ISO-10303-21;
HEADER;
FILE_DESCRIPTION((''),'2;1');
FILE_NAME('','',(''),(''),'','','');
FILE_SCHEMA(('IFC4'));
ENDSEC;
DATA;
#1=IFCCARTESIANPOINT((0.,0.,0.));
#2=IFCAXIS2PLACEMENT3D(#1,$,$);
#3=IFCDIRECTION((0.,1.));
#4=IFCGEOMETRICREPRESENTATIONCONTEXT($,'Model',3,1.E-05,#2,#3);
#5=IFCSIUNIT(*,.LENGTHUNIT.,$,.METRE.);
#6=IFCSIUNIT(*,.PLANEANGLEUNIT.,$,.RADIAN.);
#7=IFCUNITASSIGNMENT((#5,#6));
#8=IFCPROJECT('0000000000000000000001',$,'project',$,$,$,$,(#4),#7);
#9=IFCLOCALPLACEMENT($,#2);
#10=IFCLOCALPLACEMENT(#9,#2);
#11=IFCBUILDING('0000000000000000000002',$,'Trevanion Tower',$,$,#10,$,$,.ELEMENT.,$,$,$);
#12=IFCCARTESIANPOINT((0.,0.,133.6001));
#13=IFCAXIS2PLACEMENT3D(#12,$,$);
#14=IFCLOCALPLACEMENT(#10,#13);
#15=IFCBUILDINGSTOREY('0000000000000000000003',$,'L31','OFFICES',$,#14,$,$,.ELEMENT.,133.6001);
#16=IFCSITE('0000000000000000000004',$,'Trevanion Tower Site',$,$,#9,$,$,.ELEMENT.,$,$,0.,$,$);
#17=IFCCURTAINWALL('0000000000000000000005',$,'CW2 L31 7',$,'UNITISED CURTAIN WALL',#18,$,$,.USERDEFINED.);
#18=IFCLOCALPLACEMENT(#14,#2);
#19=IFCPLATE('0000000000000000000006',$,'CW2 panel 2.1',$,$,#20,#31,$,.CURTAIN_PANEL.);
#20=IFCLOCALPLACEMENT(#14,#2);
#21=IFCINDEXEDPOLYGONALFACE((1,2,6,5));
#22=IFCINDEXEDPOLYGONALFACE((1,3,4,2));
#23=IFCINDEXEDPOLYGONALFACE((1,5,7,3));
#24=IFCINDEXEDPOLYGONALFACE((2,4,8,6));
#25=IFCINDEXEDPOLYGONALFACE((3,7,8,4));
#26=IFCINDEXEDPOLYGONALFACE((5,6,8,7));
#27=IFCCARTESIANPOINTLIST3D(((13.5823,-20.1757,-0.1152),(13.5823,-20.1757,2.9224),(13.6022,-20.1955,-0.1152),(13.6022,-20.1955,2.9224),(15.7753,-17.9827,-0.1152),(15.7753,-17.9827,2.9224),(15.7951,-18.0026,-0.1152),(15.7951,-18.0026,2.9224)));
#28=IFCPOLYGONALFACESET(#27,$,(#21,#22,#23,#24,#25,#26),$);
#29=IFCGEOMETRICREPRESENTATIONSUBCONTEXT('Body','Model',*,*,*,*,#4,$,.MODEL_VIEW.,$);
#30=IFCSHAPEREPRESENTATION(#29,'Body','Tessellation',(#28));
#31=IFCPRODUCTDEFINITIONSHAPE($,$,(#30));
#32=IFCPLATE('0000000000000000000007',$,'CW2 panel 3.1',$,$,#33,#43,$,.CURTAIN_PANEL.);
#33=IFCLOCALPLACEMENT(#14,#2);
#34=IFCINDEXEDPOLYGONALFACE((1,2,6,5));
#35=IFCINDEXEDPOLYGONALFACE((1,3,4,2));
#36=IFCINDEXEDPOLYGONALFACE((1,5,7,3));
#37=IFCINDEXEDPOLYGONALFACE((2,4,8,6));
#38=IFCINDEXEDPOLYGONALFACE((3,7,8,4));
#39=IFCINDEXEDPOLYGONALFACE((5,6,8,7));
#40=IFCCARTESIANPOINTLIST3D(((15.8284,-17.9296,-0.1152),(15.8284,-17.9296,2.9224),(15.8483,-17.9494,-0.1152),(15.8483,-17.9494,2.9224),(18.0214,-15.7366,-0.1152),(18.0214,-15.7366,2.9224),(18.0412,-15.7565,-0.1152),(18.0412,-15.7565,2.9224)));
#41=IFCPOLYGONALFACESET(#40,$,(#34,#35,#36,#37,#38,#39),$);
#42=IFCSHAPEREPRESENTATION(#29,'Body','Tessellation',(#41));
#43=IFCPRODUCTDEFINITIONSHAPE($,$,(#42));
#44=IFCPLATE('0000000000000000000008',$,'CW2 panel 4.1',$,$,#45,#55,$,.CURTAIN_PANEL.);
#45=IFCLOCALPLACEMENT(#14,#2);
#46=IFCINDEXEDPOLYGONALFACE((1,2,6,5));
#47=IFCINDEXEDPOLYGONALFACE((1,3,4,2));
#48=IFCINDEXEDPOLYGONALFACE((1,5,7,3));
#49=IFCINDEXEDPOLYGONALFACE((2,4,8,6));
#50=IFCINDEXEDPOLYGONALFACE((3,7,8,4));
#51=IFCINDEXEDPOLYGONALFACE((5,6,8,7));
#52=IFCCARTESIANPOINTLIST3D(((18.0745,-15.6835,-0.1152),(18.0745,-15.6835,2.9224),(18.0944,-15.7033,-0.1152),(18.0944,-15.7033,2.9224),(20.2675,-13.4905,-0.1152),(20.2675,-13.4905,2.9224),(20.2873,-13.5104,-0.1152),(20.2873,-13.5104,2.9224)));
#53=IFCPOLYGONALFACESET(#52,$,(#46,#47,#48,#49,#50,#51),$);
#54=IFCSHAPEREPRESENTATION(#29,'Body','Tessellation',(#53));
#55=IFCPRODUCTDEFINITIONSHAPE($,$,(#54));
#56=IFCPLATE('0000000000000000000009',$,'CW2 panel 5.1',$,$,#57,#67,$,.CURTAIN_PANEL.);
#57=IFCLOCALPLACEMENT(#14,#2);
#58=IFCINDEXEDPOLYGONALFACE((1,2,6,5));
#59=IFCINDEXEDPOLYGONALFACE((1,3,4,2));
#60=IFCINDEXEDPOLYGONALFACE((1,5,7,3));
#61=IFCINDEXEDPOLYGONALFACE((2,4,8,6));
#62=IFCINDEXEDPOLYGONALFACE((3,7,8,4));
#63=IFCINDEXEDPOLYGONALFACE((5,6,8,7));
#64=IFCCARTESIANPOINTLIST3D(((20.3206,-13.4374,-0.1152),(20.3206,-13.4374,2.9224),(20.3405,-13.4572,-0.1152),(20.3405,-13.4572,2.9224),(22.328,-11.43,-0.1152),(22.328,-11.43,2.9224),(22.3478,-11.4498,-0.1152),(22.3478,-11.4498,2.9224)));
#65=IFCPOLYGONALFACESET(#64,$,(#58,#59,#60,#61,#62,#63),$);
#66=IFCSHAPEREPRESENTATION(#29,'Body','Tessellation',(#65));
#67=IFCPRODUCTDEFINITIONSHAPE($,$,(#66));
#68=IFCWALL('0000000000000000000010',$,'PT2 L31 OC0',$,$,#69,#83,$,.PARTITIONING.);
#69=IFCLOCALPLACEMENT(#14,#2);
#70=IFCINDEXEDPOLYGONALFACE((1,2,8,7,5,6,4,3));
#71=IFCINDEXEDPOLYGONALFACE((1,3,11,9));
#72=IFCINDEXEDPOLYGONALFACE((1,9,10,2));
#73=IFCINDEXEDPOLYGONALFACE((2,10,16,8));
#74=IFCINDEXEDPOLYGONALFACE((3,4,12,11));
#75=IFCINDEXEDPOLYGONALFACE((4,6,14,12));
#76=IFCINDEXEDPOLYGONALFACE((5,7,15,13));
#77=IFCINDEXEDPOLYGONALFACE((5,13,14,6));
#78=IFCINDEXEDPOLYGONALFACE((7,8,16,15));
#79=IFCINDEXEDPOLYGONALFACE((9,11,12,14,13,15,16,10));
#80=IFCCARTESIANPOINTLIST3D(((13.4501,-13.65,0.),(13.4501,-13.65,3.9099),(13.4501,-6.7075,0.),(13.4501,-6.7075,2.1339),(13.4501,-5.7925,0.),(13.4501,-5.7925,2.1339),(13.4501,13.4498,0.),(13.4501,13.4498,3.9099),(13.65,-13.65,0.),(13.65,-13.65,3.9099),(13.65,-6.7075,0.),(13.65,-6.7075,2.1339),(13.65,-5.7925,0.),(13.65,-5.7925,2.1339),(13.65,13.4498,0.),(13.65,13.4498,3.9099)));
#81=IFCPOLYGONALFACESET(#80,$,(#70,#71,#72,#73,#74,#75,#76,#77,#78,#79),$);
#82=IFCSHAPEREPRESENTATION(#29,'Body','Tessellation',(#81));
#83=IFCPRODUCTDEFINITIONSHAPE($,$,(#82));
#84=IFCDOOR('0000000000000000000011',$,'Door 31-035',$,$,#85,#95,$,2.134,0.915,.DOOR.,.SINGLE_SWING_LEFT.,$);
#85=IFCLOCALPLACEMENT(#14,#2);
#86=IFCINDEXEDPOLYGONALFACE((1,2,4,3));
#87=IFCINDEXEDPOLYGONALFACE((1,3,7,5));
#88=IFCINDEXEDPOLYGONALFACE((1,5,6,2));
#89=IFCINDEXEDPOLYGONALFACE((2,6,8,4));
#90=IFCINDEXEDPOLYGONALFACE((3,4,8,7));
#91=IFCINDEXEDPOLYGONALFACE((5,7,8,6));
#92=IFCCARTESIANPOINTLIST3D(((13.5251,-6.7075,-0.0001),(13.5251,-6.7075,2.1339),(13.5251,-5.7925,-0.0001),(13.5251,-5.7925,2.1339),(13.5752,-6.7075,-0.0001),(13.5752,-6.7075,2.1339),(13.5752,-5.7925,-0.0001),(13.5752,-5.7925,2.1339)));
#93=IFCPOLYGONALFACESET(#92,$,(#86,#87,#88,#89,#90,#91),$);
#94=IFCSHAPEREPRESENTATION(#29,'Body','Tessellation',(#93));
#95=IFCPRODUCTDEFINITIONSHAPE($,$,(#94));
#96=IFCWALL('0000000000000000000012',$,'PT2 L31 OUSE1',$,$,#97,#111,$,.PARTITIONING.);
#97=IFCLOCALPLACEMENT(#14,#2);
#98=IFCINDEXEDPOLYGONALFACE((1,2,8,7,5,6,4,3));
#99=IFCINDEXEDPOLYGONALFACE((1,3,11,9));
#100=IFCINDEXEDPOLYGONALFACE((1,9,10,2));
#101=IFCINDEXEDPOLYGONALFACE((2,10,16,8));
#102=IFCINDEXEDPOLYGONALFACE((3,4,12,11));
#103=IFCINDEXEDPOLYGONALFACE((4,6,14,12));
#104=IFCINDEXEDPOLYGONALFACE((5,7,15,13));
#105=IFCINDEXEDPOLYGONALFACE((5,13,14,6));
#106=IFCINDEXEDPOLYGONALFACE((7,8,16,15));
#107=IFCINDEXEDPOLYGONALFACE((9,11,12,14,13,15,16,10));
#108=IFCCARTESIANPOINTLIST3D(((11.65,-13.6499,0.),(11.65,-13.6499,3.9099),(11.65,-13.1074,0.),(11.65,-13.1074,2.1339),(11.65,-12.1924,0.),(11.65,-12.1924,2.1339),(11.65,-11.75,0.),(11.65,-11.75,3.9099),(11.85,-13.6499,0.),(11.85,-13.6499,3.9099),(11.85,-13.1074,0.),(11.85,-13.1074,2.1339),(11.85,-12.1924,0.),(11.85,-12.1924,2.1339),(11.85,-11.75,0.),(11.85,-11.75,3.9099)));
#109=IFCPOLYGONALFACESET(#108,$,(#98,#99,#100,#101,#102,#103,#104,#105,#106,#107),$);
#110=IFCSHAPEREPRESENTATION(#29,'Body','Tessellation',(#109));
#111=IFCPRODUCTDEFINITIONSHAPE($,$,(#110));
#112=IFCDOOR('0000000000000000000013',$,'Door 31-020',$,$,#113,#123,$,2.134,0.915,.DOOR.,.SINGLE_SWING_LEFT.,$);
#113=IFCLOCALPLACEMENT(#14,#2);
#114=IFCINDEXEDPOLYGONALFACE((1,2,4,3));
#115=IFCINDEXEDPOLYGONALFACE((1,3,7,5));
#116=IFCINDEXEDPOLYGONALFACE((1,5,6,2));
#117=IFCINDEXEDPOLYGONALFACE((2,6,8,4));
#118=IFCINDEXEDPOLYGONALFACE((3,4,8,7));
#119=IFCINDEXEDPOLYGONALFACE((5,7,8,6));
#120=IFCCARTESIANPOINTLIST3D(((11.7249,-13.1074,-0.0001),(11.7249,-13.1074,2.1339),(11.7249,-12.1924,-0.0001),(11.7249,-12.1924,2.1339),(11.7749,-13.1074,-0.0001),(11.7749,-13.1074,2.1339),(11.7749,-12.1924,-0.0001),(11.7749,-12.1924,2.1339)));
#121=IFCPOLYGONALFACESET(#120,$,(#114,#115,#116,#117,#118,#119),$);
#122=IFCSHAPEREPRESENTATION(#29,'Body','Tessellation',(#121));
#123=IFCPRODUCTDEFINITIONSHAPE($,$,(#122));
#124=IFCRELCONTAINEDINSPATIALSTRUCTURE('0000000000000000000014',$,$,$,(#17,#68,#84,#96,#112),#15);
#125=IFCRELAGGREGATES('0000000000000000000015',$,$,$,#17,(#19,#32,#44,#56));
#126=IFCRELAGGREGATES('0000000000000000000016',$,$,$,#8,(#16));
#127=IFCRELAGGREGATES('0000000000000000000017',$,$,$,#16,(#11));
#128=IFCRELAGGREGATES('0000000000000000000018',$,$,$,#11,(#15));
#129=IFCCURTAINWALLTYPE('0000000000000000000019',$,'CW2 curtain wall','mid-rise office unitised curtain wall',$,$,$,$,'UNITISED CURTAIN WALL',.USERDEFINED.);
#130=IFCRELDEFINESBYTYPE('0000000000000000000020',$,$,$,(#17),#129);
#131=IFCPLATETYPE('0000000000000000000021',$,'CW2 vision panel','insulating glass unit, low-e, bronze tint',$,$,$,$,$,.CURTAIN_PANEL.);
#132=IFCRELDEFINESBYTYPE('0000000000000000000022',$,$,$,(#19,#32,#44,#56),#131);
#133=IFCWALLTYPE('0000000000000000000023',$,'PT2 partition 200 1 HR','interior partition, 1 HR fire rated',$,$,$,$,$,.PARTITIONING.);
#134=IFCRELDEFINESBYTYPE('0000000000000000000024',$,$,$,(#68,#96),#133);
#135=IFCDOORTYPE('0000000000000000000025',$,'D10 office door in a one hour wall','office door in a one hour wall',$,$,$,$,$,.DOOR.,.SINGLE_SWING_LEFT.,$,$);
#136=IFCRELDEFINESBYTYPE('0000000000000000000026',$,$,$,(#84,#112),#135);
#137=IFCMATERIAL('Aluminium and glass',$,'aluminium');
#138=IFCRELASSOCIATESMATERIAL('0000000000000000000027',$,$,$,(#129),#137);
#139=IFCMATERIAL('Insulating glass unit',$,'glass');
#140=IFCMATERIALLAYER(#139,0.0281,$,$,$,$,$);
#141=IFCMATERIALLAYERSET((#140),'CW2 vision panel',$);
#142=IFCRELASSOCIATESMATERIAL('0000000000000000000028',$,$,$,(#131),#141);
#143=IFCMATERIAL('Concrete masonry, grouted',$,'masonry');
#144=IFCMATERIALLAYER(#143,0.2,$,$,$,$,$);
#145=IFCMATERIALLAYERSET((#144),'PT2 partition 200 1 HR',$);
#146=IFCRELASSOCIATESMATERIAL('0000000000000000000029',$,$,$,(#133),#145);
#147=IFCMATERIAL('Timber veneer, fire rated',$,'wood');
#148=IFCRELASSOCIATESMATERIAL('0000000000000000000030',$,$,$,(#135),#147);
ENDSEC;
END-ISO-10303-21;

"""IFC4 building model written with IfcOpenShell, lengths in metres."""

from ifc_helpers import new_model, si_unit, direction, frame, frame_2d, origin, origin_2d, place, context, subcontext, project, spatial, rectangle, extrude, material, layer, layer_set, type_object, element, fill, aggregate, save


model = new_model("IFC4")

# Units and contexts
model_context = context("Model", 3, precision=1e-05, world=origin(), true_north=direction((0.0, 1.0)))
body_context = subcontext(model_context, "Body", "Model", "MODEL_VIEW")
ifc_project = project(units=[si_unit("LENGTHUNIT", "METRE"), si_unit("PLANEANGLEUNIT", "RADIAN")], contexts=[model_context])

# Site, building, storey
site_placement = place(None, origin())
site = spatial("IfcSite", under=ifc_project, at=site_placement, Name="Trevanion Tower Site", CompositionType="ELEMENT", RefElevation=0.0)
building_placement = place(site_placement, origin())
building = spatial("IfcBuilding", under=site, at=building_placement, Name="Trevanion Tower", CompositionType="ELEMENT")
storey_placement = place(building_placement, frame((0.0, 0.0, 133.6001)))
storey = spatial("IfcBuildingStorey", under=building, at=storey_placement, Name="L31", Description="OFFICES", CompositionType="ELEMENT", Elevation=133.6001)

# Curtain wall
ifc_material_1 = material(Name="Aluminium and glass", Category="aluminium")
curtain_wall_type = type_object("IfcCurtainWallType", Name="CW2 curtain wall", Description="mid-rise office unitised curtain wall", ElementType="UNITISED CURTAIN WALL", PredefinedType="USERDEFINED", material=ifc_material_1)
curtain_wall_placement = place(storey_placement, origin())
curtain_wall = element("IfcCurtainWall", 1, at=curtain_wall_placement, inside=storey, type_object=curtain_wall_type, Name="CW2 L31 7", ObjectType="UNITISED CURTAIN WALL", PredefinedType="USERDEFINED")

# Plates
ifc_material_2 = material(Name="Insulating glass unit", Category="glass")
ifc_layer_1 = layer(ifc_material_2, 0.0281)
ifc_layer_set_1 = layer_set([ifc_layer_1], Name="CW2 vision panel")
plate_type_1 = type_object("IfcPlateType", Name="CW2 vision panel", Description="insulating glass unit, low-e, bronze tint", PredefinedType="CURTAIN_PANEL", material=ifc_layer_set_1)
plate_1_placement = place(storey_placement, frame((14.6887, -19.0891, -0.1152), z_axis=(0.0, 0.0, 1.0), x_axis=(0.707107, 0.707107, 0.0)))
plate_1 = element("IfcPlate", 2, at=plate_1_placement, type_object=plate_type_1, Name="CW2 panel 2.1", PredefinedType="CURTAIN_PANEL", context=body_context, shape_type="SweptSolid", body=[
    extrude(rectangle(XDim=3.1013, YDim=0.0281, at=origin_2d()), origin(), (0.0, 0.0, 1.0), 3.0376),
])
plate_2_placement = place(storey_placement, frame((16.9348, -16.843, -0.1152), z_axis=(0.0, 0.0, 1.0), x_axis=(0.707107, 0.707107, 0.0)))
plate_2 = element("IfcPlate", 3, at=plate_2_placement, type_object=plate_type_1, Name="CW2 panel 3.1", PredefinedType="CURTAIN_PANEL", context=body_context, shape_type="SweptSolid", body=[
    extrude(rectangle(XDim=3.1013, YDim=0.0281, at=origin_2d()), origin(), (0.0, 0.0, 1.0), 3.0376),
])
plate_3_placement = place(storey_placement, frame((19.1809, -14.5969, -0.1152), z_axis=(0.0, 0.0, 1.0), x_axis=(0.707107, 0.707107, 0.0)))
plate_3 = element("IfcPlate", 4, at=plate_3_placement, type_object=plate_type_1, Name="CW2 panel 4.1", PredefinedType="CURTAIN_PANEL", context=body_context, shape_type="SweptSolid", body=[
    extrude(rectangle(XDim=3.1013, YDim=0.0281, at=origin_2d()), origin(), (0.0, 0.0, 1.0), 3.0376),
])
plate_4_placement = place(storey_placement, frame((21.3342, -12.4436, -0.1152), z_axis=(0.0, 0.0, 1.0), x_axis=(0.707107, 0.707107, 0.0)))
plate_4 = element("IfcPlate", 5, at=plate_4_placement, type_object=plate_type_1, Name="CW2 panel 5.1", PredefinedType="CURTAIN_PANEL", context=body_context, shape_type="SweptSolid", body=[
    extrude(rectangle(XDim=2.8389, YDim=0.0281, at=origin_2d()), origin(), (0.0, 0.0, 1.0), 3.0376),
])
aggregate(curtain_wall, [plate_1, plate_2, plate_3, plate_4])

# Walls, openings, doors
ifc_material_3 = material(Name="Concrete masonry, grouted", Category="masonry")
ifc_layer_2 = layer(ifc_material_3, 0.2)
ifc_layer_set_2 = layer_set([ifc_layer_2], Name="PT2 partition 200 1 HR")
wall_type = type_object("IfcWallType", Name="PT2 partition 200 1 HR", Description="interior partition, 1 HR fire rated", PredefinedType="PARTITIONING", material=ifc_layer_set_2)
wall_1_placement = place(storey_placement, frame((13.55, -13.6499, 0.0), z_axis=(0.0, 0.0, 1.0), x_axis=(0.0, 1.0, 0.0)))
wall_1 = element("IfcWall", 6, at=wall_1_placement, inside=storey, type_object=wall_type, Name="PT2 L31 OC0", PredefinedType="PARTITIONING", context=body_context, shape_type="SweptSolid", body=[
    extrude(rectangle(XDim=27.0999, YDim=0.2, at=frame_2d((13.5498, 0.0))), origin(), (0.0, 0.0, 1.0), 3.9099),
])
opening_1_placement = place(wall_1_placement, frame((6.9424, 0.0, 0.0)))
opening_1 = element("IfcOpeningElement", 7, at=opening_1_placement, cuts=wall_1, PredefinedType="OPENING", context=body_context, shape_type="SweptSolid", body=[
    extrude(rectangle(XDim=0.915, YDim=2.134, at=frame_2d((0.4575, 1.0669))), frame((0.0, 0.1099, 0.0), z_axis=(0.0, -1.0, 0.0), x_axis=(1.0, 0.0, 0.0)), (0.0, 0.0, 1.0), 0.22),
])
ifc_material_4 = material(Name="Timber veneer, fire rated", Category="wood")
door_type = type_object("IfcDoorType", Name="D10 office door in a one hour wall", Description="office door in a one hour wall", OperationType="SINGLE_SWING_LEFT", PredefinedType="DOOR", material=ifc_material_4)
door_1_placement = place(opening_1_placement, origin())
door_1 = element("IfcDoor", 8, at=door_1_placement, inside=storey, type_object=door_type, Name="Door 31-035", OperationType="SINGLE_SWING_LEFT", OverallHeight=2.134, OverallWidth=0.915, PredefinedType="DOOR", context=body_context, shape_type="SweptSolid", body=[
    extrude(rectangle(XDim=0.915, YDim=2.134, at=frame_2d((0.4575, 1.0669))), frame((0.0, 0.0249, 0.0), z_axis=(0.0, -1.0, 0.0), x_axis=(1.0, 0.0, 0.0)), (0.0, 0.0, 1.0), 0.05),
])
fill(opening_1, door_1)
wall_2_placement = place(storey_placement, frame((11.75, -11.75, 0.0), z_axis=(0.0, 0.0, 1.0), x_axis=(0.0, -1.0, 0.0)))
wall_2 = element("IfcWall", 9, at=wall_2_placement, inside=storey, type_object=wall_type, Name="PT2 L31 OUSE1", PredefinedType="PARTITIONING", context=body_context, shape_type="SweptSolid", body=[
    extrude(rectangle(XDim=1.8999, YDim=0.2, at=frame_2d((0.95, 0.0))), origin(), (0.0, 0.0, 1.0), 3.9099),
])
opening_2_placement = place(wall_2_placement, frame((0.4424, 0.0, 0.0)))
opening_2 = element("IfcOpeningElement", 10, at=opening_2_placement, cuts=wall_2, PredefinedType="OPENING", context=body_context, shape_type="SweptSolid", body=[
    extrude(rectangle(XDim=0.915, YDim=2.134, at=frame_2d((0.4575, 1.0669))), frame((0.0, 0.1099, 0.0), z_axis=(0.0, -1.0, 0.0), x_axis=(1.0, 0.0, 0.0)), (0.0, 0.0, 1.0), 0.22),
])
door_2_placement = place(opening_2_placement, origin())
door_2 = element("IfcDoor", 11, at=door_2_placement, inside=storey, type_object=door_type, Name="Door 31-020", OperationType="SINGLE_SWING_LEFT", OverallHeight=2.134, OverallWidth=0.915, PredefinedType="DOOR", context=body_context, shape_type="SweptSolid", body=[
    extrude(rectangle(XDim=0.915, YDim=2.134, at=frame_2d((0.4575, 1.0669))), frame((0.0, 0.0249, 0.0), z_axis=(0.0, -1.0, 0.0), x_axis=(1.0, 0.0, 0.0)), (0.0, 0.0, 1.0), 0.05),
])
fill(opening_2, door_2)

save(model, "model.ifc")
